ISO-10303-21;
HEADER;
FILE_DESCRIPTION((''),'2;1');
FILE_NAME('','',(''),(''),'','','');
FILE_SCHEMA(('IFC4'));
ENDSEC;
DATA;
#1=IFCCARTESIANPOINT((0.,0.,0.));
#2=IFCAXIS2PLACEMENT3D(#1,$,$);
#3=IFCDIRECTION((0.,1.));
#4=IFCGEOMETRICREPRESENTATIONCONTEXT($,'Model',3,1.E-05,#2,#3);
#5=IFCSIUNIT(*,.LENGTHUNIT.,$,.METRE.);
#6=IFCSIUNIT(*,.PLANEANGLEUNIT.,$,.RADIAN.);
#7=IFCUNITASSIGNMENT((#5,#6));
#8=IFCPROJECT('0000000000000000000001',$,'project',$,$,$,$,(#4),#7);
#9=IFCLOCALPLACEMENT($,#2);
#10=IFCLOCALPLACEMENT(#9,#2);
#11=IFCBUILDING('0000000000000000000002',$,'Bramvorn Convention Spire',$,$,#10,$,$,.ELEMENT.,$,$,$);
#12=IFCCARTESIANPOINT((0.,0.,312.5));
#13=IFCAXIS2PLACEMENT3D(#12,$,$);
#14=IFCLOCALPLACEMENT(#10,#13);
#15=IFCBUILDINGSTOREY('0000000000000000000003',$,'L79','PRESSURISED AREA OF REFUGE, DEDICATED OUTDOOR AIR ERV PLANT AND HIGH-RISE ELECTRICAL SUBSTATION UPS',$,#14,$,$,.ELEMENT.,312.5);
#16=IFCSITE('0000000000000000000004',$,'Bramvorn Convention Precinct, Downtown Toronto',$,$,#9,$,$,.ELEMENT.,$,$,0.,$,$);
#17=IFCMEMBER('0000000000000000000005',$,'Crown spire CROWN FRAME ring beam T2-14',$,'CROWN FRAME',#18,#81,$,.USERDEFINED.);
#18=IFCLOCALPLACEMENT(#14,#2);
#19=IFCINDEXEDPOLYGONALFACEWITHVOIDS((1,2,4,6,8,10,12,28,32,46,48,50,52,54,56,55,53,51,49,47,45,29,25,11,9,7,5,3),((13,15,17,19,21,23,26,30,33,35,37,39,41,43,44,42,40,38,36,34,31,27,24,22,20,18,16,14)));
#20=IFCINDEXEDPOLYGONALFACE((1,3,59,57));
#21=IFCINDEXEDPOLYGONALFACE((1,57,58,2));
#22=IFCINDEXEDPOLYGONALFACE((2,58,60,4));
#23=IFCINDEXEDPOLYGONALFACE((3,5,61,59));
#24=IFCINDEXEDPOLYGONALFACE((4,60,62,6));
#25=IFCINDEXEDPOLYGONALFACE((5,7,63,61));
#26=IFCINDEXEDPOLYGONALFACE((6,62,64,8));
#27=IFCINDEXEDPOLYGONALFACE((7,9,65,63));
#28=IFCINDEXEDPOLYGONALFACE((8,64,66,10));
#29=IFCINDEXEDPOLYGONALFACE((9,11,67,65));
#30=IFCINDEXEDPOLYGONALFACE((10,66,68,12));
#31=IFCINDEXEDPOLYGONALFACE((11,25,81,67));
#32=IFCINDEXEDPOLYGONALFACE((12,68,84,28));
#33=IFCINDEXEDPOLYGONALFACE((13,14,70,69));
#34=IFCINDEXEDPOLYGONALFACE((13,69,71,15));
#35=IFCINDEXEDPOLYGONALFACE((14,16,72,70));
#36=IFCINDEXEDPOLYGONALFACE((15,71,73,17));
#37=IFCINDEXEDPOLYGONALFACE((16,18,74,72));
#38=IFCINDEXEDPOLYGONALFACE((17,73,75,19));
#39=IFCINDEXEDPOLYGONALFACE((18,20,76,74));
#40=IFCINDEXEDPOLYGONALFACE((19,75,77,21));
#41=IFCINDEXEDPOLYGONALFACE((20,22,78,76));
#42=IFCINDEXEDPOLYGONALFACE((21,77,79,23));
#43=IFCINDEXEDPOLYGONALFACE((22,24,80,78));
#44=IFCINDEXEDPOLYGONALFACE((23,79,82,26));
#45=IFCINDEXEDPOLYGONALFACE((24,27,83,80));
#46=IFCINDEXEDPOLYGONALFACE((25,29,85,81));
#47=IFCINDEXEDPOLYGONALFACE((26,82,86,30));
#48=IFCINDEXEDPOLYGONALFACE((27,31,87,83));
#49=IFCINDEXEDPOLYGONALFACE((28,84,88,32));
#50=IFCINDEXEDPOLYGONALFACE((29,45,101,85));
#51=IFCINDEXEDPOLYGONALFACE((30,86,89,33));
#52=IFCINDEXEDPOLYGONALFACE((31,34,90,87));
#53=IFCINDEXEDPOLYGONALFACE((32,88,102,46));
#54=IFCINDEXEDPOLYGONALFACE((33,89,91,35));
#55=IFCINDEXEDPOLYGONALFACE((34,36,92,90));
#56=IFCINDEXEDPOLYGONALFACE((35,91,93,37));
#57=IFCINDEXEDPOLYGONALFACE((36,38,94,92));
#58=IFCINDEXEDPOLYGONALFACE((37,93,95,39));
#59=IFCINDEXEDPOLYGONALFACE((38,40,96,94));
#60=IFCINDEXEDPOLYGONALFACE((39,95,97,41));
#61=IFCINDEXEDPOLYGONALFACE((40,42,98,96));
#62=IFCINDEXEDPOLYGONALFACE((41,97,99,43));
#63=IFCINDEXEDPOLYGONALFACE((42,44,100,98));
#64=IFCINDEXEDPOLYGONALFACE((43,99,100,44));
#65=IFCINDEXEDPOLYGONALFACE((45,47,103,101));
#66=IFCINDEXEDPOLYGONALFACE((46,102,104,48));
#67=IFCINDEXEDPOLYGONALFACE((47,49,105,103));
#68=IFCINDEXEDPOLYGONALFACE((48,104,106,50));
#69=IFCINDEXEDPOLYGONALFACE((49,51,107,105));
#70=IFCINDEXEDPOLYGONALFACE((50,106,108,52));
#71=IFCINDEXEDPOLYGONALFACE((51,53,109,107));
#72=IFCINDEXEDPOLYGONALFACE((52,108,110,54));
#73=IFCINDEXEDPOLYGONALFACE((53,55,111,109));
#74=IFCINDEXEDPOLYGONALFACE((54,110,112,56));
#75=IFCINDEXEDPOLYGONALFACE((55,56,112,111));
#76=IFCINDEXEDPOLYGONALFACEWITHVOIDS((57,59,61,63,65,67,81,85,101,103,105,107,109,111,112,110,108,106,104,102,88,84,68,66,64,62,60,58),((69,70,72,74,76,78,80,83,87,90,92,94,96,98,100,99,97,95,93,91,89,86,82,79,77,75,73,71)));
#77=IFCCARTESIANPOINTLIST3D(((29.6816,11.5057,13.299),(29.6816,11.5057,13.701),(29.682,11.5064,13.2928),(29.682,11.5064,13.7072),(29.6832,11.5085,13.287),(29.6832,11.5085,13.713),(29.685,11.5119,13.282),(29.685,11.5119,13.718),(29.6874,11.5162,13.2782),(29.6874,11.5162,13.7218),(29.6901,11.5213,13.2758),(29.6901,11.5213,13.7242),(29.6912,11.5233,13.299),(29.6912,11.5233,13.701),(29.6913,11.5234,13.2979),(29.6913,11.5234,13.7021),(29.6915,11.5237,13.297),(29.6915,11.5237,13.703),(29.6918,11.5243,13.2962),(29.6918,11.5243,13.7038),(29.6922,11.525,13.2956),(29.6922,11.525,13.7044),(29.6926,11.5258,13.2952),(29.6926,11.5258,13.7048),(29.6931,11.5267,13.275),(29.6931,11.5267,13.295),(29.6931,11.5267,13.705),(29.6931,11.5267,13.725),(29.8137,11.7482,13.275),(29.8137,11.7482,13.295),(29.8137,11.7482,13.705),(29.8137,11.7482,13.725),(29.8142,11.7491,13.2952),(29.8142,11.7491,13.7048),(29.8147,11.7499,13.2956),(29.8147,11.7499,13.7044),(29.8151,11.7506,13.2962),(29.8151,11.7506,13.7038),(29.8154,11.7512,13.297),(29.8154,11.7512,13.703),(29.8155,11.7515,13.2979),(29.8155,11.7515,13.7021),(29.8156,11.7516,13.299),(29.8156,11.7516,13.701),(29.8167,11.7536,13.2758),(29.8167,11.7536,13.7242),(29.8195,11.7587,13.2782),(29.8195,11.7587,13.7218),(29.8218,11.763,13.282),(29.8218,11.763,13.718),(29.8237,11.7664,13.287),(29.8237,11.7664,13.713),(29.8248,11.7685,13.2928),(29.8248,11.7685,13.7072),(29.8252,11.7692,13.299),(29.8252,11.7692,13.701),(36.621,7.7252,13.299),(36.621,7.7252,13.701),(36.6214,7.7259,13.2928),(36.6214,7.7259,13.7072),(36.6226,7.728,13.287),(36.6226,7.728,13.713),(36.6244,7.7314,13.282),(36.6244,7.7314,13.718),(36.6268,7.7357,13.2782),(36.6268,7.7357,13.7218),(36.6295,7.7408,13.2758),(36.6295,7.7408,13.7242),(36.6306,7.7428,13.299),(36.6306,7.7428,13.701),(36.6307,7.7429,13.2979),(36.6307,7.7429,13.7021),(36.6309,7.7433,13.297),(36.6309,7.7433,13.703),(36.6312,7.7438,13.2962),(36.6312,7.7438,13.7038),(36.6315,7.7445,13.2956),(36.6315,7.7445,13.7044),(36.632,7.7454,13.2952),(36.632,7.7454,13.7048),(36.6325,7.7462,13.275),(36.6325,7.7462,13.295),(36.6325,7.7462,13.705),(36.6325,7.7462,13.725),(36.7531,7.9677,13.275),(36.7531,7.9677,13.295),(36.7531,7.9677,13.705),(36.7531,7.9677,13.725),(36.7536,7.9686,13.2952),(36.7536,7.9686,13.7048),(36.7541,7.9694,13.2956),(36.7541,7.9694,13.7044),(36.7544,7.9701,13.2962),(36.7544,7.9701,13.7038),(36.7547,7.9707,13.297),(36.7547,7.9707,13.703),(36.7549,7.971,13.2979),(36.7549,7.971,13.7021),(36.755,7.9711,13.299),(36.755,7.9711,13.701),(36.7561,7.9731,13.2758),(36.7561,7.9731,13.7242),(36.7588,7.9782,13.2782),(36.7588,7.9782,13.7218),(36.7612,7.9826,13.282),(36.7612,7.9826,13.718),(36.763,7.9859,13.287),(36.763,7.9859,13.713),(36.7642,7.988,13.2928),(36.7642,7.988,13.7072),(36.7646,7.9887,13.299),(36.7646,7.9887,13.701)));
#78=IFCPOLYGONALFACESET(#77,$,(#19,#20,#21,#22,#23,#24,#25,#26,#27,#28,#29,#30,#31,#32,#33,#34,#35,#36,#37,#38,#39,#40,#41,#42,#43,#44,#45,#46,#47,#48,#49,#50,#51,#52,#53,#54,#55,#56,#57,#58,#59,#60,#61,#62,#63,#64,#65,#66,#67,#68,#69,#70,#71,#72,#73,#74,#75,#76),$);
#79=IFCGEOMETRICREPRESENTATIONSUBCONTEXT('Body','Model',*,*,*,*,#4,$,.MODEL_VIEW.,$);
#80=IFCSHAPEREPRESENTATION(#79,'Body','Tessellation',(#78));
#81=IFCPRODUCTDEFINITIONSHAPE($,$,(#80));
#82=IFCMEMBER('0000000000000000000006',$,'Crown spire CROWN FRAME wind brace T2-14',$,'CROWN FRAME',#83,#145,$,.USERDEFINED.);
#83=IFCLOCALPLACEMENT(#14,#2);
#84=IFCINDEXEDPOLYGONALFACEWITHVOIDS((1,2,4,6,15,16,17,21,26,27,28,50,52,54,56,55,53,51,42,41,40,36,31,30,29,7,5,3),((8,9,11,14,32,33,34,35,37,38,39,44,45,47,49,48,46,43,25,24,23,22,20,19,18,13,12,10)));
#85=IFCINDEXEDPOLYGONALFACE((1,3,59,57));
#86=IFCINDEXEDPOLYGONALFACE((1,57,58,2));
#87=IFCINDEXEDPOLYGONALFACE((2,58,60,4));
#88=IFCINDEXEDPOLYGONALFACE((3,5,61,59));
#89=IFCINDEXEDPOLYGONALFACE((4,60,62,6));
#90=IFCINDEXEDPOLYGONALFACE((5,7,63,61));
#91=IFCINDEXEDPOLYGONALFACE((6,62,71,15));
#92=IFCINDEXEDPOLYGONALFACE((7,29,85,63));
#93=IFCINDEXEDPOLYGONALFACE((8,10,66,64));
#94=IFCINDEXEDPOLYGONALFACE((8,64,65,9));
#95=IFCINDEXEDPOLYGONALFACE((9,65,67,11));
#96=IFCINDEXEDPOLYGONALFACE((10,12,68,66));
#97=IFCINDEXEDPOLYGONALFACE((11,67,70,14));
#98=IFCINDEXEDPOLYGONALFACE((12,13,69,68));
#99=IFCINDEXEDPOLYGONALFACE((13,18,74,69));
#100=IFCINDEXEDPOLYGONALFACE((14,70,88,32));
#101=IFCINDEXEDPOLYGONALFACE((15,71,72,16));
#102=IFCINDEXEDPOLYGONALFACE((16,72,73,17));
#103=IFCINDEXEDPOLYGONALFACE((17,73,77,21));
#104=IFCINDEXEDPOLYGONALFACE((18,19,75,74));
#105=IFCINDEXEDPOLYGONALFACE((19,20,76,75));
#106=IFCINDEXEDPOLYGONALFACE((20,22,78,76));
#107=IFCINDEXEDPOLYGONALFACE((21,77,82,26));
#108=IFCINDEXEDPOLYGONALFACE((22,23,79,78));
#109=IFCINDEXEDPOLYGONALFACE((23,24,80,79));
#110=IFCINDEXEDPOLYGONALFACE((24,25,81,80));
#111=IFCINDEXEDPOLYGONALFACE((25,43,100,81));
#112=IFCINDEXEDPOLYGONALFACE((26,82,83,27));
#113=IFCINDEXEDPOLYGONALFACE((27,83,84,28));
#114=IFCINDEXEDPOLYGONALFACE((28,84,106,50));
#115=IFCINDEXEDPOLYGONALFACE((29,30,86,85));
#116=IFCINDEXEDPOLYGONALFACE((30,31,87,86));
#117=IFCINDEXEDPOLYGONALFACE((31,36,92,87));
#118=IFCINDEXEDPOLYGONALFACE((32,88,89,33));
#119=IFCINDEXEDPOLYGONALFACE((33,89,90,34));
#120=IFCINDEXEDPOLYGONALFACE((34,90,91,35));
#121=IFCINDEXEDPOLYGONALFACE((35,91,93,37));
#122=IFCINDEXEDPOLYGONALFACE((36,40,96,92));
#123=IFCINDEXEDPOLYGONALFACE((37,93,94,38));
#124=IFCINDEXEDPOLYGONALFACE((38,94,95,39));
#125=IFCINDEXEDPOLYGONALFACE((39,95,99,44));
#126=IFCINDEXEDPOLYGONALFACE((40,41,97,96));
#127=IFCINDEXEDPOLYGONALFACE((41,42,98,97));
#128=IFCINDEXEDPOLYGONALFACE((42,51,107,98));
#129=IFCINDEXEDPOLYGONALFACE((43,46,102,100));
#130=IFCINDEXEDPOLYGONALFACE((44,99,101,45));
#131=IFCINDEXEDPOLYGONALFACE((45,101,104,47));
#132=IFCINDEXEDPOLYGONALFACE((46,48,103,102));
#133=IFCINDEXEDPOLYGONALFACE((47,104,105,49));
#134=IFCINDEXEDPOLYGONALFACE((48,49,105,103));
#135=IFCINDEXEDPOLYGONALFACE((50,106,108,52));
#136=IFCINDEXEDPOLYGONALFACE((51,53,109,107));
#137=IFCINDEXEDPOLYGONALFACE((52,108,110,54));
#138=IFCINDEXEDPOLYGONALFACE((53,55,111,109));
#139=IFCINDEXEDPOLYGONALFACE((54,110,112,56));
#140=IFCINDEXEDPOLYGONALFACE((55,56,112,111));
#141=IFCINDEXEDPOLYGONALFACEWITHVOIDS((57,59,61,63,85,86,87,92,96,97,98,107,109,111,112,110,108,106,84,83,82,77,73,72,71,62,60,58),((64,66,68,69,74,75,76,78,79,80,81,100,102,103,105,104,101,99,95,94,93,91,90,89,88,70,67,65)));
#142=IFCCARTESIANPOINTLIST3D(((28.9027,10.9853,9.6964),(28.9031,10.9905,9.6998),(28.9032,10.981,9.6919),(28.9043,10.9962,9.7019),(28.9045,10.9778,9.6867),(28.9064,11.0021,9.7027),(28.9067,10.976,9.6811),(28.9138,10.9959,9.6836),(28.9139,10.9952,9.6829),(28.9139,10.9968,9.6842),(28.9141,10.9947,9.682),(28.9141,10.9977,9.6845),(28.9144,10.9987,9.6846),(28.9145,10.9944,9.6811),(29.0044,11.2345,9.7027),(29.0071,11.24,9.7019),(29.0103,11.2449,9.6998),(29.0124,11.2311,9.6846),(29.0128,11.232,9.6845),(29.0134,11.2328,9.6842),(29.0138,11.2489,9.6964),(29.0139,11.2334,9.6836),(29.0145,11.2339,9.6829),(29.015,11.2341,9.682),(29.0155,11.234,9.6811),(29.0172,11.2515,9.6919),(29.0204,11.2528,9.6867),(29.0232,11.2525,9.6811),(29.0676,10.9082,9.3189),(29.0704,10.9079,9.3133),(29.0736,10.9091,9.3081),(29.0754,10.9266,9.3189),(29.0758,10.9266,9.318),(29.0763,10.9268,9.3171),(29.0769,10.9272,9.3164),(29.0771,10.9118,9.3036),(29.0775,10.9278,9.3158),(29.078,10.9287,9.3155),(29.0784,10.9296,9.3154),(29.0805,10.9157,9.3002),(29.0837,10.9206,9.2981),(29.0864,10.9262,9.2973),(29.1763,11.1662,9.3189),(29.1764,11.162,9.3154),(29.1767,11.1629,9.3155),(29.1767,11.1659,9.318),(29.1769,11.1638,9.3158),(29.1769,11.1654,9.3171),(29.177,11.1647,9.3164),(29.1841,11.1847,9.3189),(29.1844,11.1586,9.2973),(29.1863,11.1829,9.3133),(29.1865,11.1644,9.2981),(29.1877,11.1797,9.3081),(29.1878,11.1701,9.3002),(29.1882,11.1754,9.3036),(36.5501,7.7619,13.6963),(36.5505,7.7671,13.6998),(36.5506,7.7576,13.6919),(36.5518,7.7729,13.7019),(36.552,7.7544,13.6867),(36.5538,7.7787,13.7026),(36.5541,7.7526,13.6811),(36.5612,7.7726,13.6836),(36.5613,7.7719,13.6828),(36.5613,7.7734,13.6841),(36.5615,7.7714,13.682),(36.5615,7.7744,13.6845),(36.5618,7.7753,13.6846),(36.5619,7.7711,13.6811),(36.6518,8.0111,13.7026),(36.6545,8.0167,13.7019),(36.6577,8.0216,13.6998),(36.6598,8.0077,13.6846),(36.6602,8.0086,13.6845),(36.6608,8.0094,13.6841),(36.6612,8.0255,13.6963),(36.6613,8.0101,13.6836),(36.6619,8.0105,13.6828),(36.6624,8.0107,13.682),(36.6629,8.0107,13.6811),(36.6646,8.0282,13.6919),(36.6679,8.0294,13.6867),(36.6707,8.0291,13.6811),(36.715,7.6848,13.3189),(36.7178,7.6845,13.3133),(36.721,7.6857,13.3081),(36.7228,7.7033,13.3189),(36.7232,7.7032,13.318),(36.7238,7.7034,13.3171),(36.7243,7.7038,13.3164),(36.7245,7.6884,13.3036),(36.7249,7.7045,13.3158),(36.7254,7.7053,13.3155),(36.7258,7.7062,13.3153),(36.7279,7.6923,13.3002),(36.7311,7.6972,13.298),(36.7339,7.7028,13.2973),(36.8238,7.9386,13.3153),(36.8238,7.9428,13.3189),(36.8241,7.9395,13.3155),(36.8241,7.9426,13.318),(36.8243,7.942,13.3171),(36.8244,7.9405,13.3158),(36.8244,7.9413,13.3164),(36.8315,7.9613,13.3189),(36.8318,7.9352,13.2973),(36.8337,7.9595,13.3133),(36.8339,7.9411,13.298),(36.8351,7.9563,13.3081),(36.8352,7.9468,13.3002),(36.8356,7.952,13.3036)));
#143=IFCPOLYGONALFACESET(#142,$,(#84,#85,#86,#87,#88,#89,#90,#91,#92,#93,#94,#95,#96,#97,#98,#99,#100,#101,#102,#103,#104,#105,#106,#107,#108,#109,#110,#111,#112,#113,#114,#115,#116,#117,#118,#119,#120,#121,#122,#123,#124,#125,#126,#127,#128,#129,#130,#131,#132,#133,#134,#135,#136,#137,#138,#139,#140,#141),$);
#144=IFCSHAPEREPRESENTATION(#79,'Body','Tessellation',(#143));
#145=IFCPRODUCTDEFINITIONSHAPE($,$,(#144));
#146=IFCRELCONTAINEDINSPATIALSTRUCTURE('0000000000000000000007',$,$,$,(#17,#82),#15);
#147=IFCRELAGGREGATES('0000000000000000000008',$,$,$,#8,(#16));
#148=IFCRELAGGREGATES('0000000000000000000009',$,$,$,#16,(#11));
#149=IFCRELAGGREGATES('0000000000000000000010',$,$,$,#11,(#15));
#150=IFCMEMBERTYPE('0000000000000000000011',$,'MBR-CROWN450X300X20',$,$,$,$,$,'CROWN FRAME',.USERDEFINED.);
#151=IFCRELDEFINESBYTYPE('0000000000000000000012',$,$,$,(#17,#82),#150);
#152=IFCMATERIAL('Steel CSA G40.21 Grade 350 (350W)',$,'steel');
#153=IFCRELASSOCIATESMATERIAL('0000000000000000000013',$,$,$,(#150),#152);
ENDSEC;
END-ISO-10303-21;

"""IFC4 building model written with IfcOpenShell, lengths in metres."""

from ifc_helpers import new_model, si_unit, direction, frame, origin, origin_2d, place, context, subcontext, project, spatial, hollow_rectangle, extrude, material, material_profile, profile_set, type_object, element, save


model = new_model("IFC4")

# Units and contexts
model_context = context("Model", 3, precision=1e-05, world=origin(), true_north=direction((0.0, 1.0)))
body_context = subcontext(model_context, "Body", "Model", "MODEL_VIEW")
ifc_project = project(units=[si_unit("LENGTHUNIT", "METRE"), si_unit("PLANEANGLEUNIT", "RADIAN")], contexts=[model_context])

# Site, building, storey
site_placement = place(None, origin())
site = spatial("IfcSite", under=ifc_project, at=site_placement, Name="Bramvorn Convention Precinct, Downtown Toronto", CompositionType="ELEMENT", RefElevation=0.0)
building_placement = place(site_placement, origin())
building = spatial("IfcBuilding", under=site, at=building_placement, Name="Bramvorn Convention Spire", CompositionType="ELEMENT")
storey_placement = place(building_placement, frame((0.0, 0.0, 312.5)))
storey = spatial("IfcBuildingStorey", under=building, at=storey_placement, Name="L79", Description="PRESSURISED AREA OF REFUGE, DEDICATED OUTDOOR AIR ERV PLANT AND HIGH-RISE ELECTRICAL SUBSTATION UPS", CompositionType="ELEMENT", Elevation=312.5)

# Shared definitions
ifc_material_1 = material(Name="Steel CSA G40.21 Grade 350 (350W)", Category="steel")

# Members
ifc_material_profile_1 = material_profile(ifc_material_1, hollow_rectangle(XDim=0.3, YDim=0.45, WallThickness=0.02, InnerFilletRadius=0.0039, OuterFilletRadius=0.0239, at=origin_2d()))
ifc_profile_set_1 = profile_set([ifc_material_profile_1], Name="Steel CSA G40.21 Grade 350 (350W) - CROWN450X300X20")
member_type = type_object("IfcMemberType", Name="MBR-CROWN450X300X20", ElementType="CROWN FRAME", PredefinedType="USERDEFINED", material=ifc_profile_set_1)
member_1_placement = place(storey_placement, frame((29.7534, 11.6375, 13.5), z_axis=(0.878142, -0.4784, 0.0), x_axis=(0.4784, 0.878142, 0.0)))
element("IfcMember", 1, at=member_1_placement, inside=storey, type_object=member_type, Name="Crown spire CROWN FRAME ring beam T2-14", ObjectType="CROWN FRAME", PredefinedType="USERDEFINED", context=body_context, shape_type="SweptSolid", body=[
    extrude(hollow_rectangle(XDim=0.3, YDim=0.45, WallThickness=0.02, InnerFilletRadius=0.0039, OuterFilletRadius=0.0239, at=origin_2d()), origin(), (0.0, 0.0, 1.0), 7.9023),
])
member_2_placement = place(storey_placement, frame((29.0454, 11.0803, 9.5), z_axis=(0.8301, -0.349885, 0.434183), x_axis=(0.388405, 0.921489, 0.0)))
element("IfcMember", 2, at=member_2_placement, inside=storey, type_object=member_type, Name="Crown spire CROWN FRAME wind brace T2-14", ObjectType="CROWN FRAME", PredefinedType="USERDEFINED", context=body_context, shape_type="SweptSolid", body=[
    extrude(hollow_rectangle(XDim=0.3, YDim=0.45, WallThickness=0.02, InnerFilletRadius=0.0039, OuterFilletRadius=0.0239, at=origin_2d()), origin(), (0.0, 0.0, 1.0), 9.2126),
])

save(model, "model.ifc")
